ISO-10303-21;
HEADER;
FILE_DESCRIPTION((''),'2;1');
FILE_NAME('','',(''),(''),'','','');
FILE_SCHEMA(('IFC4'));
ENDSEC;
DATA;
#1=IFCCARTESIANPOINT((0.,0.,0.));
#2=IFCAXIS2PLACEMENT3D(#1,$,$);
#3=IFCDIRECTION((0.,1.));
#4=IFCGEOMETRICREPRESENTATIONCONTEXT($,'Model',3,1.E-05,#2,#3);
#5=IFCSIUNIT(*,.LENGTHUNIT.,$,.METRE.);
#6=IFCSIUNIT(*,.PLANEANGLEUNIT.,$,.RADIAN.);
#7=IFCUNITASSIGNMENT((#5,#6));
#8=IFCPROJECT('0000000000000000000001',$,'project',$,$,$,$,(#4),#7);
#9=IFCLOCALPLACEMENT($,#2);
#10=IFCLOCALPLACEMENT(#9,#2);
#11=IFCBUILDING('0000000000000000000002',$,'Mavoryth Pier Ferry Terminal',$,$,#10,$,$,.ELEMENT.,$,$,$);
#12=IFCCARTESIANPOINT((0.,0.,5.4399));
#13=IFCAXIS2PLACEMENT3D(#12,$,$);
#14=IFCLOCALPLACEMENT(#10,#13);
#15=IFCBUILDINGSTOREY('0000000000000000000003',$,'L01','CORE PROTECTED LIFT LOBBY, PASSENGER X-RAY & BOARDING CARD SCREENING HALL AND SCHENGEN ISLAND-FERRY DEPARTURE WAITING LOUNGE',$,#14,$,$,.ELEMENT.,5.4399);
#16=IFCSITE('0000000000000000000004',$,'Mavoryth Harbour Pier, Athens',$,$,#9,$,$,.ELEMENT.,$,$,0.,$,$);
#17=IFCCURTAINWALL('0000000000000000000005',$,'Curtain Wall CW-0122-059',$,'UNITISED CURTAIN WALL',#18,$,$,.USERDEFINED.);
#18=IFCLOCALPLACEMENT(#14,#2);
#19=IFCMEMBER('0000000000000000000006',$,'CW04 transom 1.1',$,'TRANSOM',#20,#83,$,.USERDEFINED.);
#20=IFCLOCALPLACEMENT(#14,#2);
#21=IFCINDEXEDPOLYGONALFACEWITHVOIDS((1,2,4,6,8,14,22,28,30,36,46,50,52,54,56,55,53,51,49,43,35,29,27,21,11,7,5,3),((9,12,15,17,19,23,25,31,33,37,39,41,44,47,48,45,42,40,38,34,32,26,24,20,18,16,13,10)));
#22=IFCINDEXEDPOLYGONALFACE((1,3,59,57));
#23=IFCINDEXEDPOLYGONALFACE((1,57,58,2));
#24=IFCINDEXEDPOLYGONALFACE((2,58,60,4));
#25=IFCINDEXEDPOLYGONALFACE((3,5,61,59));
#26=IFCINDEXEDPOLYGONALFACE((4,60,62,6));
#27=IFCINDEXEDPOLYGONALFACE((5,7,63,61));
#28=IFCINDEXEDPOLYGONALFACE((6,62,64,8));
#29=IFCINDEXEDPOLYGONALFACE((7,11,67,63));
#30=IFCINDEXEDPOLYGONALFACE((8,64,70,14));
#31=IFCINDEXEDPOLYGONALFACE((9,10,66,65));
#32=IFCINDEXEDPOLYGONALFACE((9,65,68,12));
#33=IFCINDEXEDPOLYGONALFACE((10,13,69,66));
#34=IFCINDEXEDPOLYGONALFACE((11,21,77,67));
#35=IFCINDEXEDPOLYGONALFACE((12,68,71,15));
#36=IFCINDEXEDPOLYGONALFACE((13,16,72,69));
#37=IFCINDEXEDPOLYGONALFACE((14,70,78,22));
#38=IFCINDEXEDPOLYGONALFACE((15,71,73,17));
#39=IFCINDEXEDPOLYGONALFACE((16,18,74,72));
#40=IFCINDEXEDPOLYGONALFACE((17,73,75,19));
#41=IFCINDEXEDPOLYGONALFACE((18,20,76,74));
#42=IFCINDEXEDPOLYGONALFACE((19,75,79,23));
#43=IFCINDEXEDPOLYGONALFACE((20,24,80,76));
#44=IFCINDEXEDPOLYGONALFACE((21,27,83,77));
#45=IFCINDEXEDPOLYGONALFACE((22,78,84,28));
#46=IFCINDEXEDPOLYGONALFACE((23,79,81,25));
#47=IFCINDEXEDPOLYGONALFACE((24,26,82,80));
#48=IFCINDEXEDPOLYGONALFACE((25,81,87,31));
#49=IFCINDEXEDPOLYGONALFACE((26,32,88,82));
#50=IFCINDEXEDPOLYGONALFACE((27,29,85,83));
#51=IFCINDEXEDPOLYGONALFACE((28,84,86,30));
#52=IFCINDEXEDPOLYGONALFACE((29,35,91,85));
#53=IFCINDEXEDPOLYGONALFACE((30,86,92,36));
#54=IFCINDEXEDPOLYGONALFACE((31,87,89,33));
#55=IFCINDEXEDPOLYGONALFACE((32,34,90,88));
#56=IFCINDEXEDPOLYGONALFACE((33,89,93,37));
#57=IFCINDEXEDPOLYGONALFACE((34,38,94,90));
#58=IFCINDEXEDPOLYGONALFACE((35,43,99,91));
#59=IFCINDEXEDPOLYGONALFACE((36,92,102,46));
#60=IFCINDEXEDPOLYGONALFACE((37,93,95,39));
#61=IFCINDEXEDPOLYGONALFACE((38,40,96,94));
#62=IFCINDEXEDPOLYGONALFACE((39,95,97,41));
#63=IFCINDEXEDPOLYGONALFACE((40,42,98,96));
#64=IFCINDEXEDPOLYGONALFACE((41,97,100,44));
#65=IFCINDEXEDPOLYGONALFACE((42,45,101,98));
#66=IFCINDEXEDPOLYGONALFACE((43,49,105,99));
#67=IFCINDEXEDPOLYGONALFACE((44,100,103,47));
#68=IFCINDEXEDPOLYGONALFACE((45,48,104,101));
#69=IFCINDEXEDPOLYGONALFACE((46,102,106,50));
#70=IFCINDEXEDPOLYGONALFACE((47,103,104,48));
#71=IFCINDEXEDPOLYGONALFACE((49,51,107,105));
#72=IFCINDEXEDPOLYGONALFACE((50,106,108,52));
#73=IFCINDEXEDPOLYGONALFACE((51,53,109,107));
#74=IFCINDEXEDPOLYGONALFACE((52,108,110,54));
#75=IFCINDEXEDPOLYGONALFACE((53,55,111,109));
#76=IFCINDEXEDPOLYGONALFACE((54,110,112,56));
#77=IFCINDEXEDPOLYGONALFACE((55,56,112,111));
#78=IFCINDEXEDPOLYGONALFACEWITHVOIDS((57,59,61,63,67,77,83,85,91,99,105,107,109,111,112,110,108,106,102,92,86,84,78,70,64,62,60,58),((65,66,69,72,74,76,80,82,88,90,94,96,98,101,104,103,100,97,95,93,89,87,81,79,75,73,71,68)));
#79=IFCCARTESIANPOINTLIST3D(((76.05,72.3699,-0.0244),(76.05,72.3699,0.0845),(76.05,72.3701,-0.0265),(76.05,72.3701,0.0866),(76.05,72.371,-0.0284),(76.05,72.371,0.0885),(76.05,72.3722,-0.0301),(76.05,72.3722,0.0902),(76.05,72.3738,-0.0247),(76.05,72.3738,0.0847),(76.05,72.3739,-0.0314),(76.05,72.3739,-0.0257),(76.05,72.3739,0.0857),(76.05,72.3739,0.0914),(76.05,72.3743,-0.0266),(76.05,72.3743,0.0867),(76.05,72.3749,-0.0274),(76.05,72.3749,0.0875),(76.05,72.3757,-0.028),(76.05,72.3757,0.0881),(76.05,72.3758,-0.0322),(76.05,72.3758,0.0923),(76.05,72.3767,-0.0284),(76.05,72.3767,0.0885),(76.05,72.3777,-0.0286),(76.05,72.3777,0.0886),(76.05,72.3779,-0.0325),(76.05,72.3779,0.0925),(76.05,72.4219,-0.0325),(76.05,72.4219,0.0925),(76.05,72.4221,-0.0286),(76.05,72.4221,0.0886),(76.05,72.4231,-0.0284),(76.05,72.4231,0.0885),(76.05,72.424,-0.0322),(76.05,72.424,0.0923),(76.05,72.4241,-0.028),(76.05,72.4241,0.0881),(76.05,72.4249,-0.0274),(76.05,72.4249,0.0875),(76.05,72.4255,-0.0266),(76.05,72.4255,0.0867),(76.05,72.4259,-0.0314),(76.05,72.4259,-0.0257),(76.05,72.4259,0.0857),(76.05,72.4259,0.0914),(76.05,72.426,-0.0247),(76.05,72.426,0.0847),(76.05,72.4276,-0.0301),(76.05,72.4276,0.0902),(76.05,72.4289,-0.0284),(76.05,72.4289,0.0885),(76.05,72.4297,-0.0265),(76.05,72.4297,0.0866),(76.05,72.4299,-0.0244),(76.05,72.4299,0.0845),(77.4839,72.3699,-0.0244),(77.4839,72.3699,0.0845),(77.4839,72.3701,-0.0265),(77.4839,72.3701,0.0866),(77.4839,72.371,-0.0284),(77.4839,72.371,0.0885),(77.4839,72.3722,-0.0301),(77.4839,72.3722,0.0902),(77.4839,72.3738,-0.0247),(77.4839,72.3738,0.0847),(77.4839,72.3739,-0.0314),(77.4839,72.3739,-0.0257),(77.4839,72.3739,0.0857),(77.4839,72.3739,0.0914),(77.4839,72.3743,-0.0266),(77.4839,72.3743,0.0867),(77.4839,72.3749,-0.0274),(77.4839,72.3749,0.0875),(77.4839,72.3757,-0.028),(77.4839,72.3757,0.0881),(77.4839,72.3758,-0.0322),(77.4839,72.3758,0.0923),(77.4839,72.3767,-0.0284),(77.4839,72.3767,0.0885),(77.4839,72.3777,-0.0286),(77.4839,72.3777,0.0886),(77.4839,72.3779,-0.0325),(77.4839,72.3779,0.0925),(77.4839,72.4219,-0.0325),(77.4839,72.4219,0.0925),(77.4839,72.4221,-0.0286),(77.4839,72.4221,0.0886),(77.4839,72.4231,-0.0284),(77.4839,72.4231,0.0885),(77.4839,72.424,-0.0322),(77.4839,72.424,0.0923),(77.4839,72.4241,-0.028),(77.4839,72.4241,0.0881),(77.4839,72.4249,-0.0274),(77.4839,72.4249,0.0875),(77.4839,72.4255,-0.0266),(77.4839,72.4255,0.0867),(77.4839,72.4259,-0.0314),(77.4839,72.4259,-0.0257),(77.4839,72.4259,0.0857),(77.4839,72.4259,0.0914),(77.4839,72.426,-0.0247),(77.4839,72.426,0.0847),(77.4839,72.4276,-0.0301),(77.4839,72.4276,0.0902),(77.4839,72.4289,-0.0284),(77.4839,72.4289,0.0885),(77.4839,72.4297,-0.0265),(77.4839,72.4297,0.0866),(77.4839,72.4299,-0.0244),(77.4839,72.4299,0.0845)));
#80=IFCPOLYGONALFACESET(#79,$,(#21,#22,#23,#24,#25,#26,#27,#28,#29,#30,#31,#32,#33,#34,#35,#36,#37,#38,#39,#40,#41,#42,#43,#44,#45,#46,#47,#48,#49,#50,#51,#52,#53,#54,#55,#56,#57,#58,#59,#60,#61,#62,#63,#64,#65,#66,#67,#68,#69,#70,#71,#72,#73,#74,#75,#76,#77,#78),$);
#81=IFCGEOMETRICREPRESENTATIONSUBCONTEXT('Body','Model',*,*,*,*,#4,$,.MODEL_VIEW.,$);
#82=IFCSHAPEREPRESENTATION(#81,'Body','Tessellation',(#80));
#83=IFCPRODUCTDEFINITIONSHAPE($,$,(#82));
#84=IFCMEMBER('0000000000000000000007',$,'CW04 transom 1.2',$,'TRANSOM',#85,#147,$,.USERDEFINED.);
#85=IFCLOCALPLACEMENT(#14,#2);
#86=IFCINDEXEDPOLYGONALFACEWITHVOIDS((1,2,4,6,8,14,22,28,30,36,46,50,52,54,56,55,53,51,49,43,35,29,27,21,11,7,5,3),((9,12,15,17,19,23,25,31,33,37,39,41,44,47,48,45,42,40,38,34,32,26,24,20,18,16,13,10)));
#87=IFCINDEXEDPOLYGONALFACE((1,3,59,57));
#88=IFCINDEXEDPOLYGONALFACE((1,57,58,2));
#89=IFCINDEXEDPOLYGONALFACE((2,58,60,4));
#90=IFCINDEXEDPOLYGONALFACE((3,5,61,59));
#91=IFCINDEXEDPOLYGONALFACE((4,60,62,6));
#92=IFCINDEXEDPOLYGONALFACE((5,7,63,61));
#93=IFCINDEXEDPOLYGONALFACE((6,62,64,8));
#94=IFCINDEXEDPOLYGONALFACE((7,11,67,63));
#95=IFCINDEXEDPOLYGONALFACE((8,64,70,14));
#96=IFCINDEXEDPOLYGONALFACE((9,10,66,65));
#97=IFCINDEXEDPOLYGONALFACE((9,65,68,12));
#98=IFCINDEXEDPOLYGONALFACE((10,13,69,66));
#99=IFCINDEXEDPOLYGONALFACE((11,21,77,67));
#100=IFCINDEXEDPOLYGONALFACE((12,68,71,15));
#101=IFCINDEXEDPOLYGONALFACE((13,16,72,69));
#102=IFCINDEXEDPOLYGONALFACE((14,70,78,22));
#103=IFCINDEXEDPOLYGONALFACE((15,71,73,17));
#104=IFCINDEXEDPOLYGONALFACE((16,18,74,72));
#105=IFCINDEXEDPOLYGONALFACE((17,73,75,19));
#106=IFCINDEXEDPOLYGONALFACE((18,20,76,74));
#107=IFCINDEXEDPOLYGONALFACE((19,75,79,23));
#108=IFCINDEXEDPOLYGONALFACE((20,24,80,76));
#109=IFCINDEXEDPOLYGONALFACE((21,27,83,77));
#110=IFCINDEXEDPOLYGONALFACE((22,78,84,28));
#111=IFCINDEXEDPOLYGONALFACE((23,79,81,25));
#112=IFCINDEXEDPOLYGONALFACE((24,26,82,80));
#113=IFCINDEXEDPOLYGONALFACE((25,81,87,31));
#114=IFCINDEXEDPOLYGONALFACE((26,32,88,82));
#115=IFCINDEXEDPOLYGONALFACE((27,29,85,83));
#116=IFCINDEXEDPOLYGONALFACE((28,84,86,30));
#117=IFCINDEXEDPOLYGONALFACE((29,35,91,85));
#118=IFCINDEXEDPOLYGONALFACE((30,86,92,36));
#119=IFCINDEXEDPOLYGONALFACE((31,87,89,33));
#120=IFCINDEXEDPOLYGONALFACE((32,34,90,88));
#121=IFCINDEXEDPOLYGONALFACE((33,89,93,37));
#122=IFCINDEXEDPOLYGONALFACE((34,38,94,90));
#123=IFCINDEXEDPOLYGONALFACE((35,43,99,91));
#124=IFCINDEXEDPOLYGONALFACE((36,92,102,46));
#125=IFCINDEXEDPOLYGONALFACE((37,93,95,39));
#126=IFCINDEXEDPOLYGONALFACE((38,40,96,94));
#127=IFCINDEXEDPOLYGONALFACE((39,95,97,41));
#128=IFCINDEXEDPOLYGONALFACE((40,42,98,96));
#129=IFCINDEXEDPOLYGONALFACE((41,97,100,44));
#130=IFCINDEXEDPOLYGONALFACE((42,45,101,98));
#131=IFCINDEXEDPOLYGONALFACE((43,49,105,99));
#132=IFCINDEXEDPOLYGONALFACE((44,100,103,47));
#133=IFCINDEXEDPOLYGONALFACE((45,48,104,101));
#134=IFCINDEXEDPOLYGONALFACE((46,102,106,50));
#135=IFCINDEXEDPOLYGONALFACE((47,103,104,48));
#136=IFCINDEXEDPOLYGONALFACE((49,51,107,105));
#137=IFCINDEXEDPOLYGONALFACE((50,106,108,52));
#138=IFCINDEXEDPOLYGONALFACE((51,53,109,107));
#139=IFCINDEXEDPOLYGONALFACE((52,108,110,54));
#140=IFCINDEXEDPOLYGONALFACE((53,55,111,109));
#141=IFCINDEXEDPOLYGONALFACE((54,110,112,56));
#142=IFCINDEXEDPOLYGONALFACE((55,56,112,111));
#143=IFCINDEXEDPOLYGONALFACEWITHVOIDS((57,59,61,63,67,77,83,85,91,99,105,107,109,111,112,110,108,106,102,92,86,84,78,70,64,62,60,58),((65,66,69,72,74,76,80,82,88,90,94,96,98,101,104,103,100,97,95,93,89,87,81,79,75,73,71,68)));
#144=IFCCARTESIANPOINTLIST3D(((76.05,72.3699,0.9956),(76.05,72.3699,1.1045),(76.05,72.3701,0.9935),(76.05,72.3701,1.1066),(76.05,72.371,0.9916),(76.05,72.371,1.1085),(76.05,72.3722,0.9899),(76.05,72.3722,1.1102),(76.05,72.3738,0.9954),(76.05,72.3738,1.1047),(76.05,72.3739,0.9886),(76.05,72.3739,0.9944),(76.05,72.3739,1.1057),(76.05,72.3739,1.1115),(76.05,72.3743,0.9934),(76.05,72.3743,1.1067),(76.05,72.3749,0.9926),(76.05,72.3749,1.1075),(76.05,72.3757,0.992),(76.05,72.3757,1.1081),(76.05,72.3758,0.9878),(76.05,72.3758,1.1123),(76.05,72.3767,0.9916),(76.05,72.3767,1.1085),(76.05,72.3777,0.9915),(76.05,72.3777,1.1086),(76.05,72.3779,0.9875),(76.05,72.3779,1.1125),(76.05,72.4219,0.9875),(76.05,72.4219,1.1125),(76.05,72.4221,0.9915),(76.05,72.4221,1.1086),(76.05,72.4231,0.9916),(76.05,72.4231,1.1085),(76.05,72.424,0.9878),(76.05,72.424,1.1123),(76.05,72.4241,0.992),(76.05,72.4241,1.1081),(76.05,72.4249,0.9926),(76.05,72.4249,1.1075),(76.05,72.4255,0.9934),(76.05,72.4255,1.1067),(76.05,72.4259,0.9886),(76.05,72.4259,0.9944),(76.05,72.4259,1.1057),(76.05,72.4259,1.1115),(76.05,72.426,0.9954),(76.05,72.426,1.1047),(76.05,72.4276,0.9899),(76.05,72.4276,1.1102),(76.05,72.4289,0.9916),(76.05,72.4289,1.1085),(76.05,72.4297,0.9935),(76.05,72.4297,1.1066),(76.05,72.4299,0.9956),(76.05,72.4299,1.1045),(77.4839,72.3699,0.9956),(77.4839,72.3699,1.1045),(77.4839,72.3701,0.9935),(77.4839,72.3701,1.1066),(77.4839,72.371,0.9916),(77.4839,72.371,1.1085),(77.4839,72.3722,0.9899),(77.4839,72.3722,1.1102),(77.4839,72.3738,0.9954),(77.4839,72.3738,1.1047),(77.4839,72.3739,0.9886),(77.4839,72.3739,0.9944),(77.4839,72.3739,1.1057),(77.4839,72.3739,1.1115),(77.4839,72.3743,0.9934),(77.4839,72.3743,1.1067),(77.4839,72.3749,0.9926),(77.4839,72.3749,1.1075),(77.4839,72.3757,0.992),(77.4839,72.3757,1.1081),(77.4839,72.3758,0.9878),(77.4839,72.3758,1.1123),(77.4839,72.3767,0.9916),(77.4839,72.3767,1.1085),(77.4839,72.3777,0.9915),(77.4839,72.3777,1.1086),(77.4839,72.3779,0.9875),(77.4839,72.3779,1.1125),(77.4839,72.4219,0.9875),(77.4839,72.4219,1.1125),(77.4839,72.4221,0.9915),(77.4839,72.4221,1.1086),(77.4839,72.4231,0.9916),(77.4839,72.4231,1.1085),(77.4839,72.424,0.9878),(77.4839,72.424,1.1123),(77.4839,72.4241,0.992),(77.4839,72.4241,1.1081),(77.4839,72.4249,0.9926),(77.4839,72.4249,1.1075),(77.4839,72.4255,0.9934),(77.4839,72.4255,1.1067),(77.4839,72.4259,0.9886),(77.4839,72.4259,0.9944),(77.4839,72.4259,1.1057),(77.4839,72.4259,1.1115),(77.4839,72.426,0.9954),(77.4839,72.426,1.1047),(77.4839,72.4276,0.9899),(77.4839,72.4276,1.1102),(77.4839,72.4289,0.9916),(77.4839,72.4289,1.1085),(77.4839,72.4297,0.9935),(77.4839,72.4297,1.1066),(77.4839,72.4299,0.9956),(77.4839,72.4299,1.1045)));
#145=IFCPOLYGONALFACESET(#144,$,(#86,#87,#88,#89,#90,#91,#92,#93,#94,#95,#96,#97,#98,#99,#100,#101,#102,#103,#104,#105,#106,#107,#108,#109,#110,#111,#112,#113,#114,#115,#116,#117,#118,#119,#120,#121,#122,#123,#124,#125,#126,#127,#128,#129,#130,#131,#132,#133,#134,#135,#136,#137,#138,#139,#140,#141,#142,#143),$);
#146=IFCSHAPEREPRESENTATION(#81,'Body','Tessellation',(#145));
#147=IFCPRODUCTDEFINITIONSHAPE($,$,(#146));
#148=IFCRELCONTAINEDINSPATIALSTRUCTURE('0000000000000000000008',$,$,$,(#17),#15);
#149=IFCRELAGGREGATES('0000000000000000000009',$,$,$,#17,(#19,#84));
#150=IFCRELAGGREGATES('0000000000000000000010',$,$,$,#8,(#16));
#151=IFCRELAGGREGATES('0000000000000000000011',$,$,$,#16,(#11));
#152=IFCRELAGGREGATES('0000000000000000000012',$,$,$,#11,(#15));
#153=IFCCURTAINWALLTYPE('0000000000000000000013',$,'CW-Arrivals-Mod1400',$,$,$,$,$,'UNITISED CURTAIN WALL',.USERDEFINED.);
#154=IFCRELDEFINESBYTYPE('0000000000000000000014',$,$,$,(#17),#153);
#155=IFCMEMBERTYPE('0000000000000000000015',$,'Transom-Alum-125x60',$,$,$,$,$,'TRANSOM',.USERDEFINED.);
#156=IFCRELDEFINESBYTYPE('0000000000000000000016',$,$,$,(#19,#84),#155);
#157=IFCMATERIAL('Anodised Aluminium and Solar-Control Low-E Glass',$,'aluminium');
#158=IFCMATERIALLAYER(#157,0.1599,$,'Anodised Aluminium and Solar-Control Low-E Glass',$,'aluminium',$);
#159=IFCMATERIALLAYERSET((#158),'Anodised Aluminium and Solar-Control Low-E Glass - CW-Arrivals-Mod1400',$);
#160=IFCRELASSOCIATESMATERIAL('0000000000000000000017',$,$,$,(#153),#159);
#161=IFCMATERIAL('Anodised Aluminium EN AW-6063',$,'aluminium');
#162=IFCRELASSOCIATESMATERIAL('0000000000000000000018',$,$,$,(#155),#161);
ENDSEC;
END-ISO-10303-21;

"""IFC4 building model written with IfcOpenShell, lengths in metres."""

from ifc_helpers import new_model, si_unit, direction, frame, origin, origin_2d, place, context, subcontext, project, spatial, hollow_rectangle, extrude, material, layer, layer_set, material_profile, profile_set, type_object, element, aggregate, save


model = new_model("IFC4")

# Units and contexts
model_context = context("Model", 3, precision=1e-05, world=origin(), true_north=direction((0.0, 1.0)))
body_context = subcontext(model_context, "Body", "Model", "MODEL_VIEW")
ifc_project = project(units=[si_unit("LENGTHUNIT", "METRE"), si_unit("PLANEANGLEUNIT", "RADIAN")], contexts=[model_context])

# Site, building, storey
site_placement = place(None, origin())
site = spatial("IfcSite", under=ifc_project, at=site_placement, Name="Mavoryth Harbour Pier, Athens", CompositionType="ELEMENT", RefElevation=0.0)
building_placement = place(site_placement, origin())
building = spatial("IfcBuilding", under=site, at=building_placement, Name="Mavoryth Pier Ferry Terminal", CompositionType="ELEMENT")
storey_placement = place(building_placement, frame((0.0, 0.0, 5.4399)))
storey = spatial("IfcBuildingStorey", under=building, at=storey_placement, Name="L01", Description="CORE PROTECTED LIFT LOBBY, PASSENGER X-RAY & BOARDING CARD SCREENING HALL AND SCHENGEN ISLAND-FERRY DEPARTURE WAITING LOUNGE", CompositionType="ELEMENT", Elevation=5.4399)

# Shared definitions
ifc_material_1 = material(Name="Anodised Aluminium and Solar-Control Low-E Glass", Category="aluminium")
ifc_layer_1 = layer(ifc_material_1, 0.1599, Name="Anodised Aluminium and Solar-Control Low-E Glass", Category="aluminium")
ifc_layer_set_1 = layer_set([ifc_layer_1], Name="Anodised Aluminium and Solar-Control Low-E Glass - CW-Arrivals-Mod1400")
curtain_wall_type = type_object("IfcCurtainWallType", Name="CW-Arrivals-Mod1400", ElementType="UNITISED CURTAIN WALL", PredefinedType="USERDEFINED", material=ifc_layer_set_1)
ifc_material_2 = material(Name="Anodised Aluminium EN AW-6063", Category="aluminium")

# Curtain wall
curtain_wall_1_placement = place(storey_placement, origin())
curtain_wall_1 = element("IfcCurtainWall", 1, at=curtain_wall_1_placement, inside=storey, type_object=curtain_wall_type, Name="Curtain Wall CW-0122-059", ObjectType="UNITISED CURTAIN WALL", PredefinedType="USERDEFINED")

# Members
ifc_material_profile_1 = material_profile(ifc_material_2, hollow_rectangle(XDim=0.0601, YDim=0.125, WallThickness=0.0039, InnerFilletRadius=0.0039, OuterFilletRadius=0.0081, at=origin_2d()), Name="AL-TRAN 125x60x4", Category="aluminium")
ifc_profile_set_1 = profile_set([ifc_material_profile_1], Name="Anodised Aluminium EN AW-6063 - AL-TRAN 125x60x4")
member_type_1 = type_object("IfcMemberType", Name="Transom-Alum-125x60", ElementType="TRANSOM", PredefinedType="USERDEFINED", material=ifc_profile_set_1)
member_1_placement = place(storey_placement, frame((76.05, 72.3999, 0.03), z_axis=(1.0, 0.0, 0.0), x_axis=(0.0, 1.0, 0.0)))
member_1 = element("IfcMember", 2, at=member_1_placement, type_object=member_type_1, Name="CW04 transom 1.1", ObjectType="TRANSOM", PredefinedType="USERDEFINED", context=body_context, shape_type="SweptSolid", body=[
    extrude(hollow_rectangle(XDim=0.0601, YDim=0.125, WallThickness=0.0039, InnerFilletRadius=0.0039, OuterFilletRadius=0.0081, at=origin_2d()), origin(), (0.0, 0.0, 1.0), 1.4338),
])
member_2_placement = place(storey_placement, frame((76.05, 72.3999, 1.05), z_axis=(1.0, 0.0, 0.0), x_axis=(0.0, 1.0, 0.0)))
member_2 = element("IfcMember", 3, at=member_2_placement, type_object=member_type_1, Name="CW04 transom 1.2", ObjectType="TRANSOM", PredefinedType="USERDEFINED", context=body_context, shape_type="SweptSolid", body=[
    extrude(hollow_rectangle(XDim=0.0601, YDim=0.125, WallThickness=0.0039, InnerFilletRadius=0.0039, OuterFilletRadius=0.0081, at=origin_2d()), origin(), (0.0, 0.0, 1.0), 1.4338),
])

aggregate(curtain_wall_1, [member_1, member_2])

save(model, "model.ifc")
